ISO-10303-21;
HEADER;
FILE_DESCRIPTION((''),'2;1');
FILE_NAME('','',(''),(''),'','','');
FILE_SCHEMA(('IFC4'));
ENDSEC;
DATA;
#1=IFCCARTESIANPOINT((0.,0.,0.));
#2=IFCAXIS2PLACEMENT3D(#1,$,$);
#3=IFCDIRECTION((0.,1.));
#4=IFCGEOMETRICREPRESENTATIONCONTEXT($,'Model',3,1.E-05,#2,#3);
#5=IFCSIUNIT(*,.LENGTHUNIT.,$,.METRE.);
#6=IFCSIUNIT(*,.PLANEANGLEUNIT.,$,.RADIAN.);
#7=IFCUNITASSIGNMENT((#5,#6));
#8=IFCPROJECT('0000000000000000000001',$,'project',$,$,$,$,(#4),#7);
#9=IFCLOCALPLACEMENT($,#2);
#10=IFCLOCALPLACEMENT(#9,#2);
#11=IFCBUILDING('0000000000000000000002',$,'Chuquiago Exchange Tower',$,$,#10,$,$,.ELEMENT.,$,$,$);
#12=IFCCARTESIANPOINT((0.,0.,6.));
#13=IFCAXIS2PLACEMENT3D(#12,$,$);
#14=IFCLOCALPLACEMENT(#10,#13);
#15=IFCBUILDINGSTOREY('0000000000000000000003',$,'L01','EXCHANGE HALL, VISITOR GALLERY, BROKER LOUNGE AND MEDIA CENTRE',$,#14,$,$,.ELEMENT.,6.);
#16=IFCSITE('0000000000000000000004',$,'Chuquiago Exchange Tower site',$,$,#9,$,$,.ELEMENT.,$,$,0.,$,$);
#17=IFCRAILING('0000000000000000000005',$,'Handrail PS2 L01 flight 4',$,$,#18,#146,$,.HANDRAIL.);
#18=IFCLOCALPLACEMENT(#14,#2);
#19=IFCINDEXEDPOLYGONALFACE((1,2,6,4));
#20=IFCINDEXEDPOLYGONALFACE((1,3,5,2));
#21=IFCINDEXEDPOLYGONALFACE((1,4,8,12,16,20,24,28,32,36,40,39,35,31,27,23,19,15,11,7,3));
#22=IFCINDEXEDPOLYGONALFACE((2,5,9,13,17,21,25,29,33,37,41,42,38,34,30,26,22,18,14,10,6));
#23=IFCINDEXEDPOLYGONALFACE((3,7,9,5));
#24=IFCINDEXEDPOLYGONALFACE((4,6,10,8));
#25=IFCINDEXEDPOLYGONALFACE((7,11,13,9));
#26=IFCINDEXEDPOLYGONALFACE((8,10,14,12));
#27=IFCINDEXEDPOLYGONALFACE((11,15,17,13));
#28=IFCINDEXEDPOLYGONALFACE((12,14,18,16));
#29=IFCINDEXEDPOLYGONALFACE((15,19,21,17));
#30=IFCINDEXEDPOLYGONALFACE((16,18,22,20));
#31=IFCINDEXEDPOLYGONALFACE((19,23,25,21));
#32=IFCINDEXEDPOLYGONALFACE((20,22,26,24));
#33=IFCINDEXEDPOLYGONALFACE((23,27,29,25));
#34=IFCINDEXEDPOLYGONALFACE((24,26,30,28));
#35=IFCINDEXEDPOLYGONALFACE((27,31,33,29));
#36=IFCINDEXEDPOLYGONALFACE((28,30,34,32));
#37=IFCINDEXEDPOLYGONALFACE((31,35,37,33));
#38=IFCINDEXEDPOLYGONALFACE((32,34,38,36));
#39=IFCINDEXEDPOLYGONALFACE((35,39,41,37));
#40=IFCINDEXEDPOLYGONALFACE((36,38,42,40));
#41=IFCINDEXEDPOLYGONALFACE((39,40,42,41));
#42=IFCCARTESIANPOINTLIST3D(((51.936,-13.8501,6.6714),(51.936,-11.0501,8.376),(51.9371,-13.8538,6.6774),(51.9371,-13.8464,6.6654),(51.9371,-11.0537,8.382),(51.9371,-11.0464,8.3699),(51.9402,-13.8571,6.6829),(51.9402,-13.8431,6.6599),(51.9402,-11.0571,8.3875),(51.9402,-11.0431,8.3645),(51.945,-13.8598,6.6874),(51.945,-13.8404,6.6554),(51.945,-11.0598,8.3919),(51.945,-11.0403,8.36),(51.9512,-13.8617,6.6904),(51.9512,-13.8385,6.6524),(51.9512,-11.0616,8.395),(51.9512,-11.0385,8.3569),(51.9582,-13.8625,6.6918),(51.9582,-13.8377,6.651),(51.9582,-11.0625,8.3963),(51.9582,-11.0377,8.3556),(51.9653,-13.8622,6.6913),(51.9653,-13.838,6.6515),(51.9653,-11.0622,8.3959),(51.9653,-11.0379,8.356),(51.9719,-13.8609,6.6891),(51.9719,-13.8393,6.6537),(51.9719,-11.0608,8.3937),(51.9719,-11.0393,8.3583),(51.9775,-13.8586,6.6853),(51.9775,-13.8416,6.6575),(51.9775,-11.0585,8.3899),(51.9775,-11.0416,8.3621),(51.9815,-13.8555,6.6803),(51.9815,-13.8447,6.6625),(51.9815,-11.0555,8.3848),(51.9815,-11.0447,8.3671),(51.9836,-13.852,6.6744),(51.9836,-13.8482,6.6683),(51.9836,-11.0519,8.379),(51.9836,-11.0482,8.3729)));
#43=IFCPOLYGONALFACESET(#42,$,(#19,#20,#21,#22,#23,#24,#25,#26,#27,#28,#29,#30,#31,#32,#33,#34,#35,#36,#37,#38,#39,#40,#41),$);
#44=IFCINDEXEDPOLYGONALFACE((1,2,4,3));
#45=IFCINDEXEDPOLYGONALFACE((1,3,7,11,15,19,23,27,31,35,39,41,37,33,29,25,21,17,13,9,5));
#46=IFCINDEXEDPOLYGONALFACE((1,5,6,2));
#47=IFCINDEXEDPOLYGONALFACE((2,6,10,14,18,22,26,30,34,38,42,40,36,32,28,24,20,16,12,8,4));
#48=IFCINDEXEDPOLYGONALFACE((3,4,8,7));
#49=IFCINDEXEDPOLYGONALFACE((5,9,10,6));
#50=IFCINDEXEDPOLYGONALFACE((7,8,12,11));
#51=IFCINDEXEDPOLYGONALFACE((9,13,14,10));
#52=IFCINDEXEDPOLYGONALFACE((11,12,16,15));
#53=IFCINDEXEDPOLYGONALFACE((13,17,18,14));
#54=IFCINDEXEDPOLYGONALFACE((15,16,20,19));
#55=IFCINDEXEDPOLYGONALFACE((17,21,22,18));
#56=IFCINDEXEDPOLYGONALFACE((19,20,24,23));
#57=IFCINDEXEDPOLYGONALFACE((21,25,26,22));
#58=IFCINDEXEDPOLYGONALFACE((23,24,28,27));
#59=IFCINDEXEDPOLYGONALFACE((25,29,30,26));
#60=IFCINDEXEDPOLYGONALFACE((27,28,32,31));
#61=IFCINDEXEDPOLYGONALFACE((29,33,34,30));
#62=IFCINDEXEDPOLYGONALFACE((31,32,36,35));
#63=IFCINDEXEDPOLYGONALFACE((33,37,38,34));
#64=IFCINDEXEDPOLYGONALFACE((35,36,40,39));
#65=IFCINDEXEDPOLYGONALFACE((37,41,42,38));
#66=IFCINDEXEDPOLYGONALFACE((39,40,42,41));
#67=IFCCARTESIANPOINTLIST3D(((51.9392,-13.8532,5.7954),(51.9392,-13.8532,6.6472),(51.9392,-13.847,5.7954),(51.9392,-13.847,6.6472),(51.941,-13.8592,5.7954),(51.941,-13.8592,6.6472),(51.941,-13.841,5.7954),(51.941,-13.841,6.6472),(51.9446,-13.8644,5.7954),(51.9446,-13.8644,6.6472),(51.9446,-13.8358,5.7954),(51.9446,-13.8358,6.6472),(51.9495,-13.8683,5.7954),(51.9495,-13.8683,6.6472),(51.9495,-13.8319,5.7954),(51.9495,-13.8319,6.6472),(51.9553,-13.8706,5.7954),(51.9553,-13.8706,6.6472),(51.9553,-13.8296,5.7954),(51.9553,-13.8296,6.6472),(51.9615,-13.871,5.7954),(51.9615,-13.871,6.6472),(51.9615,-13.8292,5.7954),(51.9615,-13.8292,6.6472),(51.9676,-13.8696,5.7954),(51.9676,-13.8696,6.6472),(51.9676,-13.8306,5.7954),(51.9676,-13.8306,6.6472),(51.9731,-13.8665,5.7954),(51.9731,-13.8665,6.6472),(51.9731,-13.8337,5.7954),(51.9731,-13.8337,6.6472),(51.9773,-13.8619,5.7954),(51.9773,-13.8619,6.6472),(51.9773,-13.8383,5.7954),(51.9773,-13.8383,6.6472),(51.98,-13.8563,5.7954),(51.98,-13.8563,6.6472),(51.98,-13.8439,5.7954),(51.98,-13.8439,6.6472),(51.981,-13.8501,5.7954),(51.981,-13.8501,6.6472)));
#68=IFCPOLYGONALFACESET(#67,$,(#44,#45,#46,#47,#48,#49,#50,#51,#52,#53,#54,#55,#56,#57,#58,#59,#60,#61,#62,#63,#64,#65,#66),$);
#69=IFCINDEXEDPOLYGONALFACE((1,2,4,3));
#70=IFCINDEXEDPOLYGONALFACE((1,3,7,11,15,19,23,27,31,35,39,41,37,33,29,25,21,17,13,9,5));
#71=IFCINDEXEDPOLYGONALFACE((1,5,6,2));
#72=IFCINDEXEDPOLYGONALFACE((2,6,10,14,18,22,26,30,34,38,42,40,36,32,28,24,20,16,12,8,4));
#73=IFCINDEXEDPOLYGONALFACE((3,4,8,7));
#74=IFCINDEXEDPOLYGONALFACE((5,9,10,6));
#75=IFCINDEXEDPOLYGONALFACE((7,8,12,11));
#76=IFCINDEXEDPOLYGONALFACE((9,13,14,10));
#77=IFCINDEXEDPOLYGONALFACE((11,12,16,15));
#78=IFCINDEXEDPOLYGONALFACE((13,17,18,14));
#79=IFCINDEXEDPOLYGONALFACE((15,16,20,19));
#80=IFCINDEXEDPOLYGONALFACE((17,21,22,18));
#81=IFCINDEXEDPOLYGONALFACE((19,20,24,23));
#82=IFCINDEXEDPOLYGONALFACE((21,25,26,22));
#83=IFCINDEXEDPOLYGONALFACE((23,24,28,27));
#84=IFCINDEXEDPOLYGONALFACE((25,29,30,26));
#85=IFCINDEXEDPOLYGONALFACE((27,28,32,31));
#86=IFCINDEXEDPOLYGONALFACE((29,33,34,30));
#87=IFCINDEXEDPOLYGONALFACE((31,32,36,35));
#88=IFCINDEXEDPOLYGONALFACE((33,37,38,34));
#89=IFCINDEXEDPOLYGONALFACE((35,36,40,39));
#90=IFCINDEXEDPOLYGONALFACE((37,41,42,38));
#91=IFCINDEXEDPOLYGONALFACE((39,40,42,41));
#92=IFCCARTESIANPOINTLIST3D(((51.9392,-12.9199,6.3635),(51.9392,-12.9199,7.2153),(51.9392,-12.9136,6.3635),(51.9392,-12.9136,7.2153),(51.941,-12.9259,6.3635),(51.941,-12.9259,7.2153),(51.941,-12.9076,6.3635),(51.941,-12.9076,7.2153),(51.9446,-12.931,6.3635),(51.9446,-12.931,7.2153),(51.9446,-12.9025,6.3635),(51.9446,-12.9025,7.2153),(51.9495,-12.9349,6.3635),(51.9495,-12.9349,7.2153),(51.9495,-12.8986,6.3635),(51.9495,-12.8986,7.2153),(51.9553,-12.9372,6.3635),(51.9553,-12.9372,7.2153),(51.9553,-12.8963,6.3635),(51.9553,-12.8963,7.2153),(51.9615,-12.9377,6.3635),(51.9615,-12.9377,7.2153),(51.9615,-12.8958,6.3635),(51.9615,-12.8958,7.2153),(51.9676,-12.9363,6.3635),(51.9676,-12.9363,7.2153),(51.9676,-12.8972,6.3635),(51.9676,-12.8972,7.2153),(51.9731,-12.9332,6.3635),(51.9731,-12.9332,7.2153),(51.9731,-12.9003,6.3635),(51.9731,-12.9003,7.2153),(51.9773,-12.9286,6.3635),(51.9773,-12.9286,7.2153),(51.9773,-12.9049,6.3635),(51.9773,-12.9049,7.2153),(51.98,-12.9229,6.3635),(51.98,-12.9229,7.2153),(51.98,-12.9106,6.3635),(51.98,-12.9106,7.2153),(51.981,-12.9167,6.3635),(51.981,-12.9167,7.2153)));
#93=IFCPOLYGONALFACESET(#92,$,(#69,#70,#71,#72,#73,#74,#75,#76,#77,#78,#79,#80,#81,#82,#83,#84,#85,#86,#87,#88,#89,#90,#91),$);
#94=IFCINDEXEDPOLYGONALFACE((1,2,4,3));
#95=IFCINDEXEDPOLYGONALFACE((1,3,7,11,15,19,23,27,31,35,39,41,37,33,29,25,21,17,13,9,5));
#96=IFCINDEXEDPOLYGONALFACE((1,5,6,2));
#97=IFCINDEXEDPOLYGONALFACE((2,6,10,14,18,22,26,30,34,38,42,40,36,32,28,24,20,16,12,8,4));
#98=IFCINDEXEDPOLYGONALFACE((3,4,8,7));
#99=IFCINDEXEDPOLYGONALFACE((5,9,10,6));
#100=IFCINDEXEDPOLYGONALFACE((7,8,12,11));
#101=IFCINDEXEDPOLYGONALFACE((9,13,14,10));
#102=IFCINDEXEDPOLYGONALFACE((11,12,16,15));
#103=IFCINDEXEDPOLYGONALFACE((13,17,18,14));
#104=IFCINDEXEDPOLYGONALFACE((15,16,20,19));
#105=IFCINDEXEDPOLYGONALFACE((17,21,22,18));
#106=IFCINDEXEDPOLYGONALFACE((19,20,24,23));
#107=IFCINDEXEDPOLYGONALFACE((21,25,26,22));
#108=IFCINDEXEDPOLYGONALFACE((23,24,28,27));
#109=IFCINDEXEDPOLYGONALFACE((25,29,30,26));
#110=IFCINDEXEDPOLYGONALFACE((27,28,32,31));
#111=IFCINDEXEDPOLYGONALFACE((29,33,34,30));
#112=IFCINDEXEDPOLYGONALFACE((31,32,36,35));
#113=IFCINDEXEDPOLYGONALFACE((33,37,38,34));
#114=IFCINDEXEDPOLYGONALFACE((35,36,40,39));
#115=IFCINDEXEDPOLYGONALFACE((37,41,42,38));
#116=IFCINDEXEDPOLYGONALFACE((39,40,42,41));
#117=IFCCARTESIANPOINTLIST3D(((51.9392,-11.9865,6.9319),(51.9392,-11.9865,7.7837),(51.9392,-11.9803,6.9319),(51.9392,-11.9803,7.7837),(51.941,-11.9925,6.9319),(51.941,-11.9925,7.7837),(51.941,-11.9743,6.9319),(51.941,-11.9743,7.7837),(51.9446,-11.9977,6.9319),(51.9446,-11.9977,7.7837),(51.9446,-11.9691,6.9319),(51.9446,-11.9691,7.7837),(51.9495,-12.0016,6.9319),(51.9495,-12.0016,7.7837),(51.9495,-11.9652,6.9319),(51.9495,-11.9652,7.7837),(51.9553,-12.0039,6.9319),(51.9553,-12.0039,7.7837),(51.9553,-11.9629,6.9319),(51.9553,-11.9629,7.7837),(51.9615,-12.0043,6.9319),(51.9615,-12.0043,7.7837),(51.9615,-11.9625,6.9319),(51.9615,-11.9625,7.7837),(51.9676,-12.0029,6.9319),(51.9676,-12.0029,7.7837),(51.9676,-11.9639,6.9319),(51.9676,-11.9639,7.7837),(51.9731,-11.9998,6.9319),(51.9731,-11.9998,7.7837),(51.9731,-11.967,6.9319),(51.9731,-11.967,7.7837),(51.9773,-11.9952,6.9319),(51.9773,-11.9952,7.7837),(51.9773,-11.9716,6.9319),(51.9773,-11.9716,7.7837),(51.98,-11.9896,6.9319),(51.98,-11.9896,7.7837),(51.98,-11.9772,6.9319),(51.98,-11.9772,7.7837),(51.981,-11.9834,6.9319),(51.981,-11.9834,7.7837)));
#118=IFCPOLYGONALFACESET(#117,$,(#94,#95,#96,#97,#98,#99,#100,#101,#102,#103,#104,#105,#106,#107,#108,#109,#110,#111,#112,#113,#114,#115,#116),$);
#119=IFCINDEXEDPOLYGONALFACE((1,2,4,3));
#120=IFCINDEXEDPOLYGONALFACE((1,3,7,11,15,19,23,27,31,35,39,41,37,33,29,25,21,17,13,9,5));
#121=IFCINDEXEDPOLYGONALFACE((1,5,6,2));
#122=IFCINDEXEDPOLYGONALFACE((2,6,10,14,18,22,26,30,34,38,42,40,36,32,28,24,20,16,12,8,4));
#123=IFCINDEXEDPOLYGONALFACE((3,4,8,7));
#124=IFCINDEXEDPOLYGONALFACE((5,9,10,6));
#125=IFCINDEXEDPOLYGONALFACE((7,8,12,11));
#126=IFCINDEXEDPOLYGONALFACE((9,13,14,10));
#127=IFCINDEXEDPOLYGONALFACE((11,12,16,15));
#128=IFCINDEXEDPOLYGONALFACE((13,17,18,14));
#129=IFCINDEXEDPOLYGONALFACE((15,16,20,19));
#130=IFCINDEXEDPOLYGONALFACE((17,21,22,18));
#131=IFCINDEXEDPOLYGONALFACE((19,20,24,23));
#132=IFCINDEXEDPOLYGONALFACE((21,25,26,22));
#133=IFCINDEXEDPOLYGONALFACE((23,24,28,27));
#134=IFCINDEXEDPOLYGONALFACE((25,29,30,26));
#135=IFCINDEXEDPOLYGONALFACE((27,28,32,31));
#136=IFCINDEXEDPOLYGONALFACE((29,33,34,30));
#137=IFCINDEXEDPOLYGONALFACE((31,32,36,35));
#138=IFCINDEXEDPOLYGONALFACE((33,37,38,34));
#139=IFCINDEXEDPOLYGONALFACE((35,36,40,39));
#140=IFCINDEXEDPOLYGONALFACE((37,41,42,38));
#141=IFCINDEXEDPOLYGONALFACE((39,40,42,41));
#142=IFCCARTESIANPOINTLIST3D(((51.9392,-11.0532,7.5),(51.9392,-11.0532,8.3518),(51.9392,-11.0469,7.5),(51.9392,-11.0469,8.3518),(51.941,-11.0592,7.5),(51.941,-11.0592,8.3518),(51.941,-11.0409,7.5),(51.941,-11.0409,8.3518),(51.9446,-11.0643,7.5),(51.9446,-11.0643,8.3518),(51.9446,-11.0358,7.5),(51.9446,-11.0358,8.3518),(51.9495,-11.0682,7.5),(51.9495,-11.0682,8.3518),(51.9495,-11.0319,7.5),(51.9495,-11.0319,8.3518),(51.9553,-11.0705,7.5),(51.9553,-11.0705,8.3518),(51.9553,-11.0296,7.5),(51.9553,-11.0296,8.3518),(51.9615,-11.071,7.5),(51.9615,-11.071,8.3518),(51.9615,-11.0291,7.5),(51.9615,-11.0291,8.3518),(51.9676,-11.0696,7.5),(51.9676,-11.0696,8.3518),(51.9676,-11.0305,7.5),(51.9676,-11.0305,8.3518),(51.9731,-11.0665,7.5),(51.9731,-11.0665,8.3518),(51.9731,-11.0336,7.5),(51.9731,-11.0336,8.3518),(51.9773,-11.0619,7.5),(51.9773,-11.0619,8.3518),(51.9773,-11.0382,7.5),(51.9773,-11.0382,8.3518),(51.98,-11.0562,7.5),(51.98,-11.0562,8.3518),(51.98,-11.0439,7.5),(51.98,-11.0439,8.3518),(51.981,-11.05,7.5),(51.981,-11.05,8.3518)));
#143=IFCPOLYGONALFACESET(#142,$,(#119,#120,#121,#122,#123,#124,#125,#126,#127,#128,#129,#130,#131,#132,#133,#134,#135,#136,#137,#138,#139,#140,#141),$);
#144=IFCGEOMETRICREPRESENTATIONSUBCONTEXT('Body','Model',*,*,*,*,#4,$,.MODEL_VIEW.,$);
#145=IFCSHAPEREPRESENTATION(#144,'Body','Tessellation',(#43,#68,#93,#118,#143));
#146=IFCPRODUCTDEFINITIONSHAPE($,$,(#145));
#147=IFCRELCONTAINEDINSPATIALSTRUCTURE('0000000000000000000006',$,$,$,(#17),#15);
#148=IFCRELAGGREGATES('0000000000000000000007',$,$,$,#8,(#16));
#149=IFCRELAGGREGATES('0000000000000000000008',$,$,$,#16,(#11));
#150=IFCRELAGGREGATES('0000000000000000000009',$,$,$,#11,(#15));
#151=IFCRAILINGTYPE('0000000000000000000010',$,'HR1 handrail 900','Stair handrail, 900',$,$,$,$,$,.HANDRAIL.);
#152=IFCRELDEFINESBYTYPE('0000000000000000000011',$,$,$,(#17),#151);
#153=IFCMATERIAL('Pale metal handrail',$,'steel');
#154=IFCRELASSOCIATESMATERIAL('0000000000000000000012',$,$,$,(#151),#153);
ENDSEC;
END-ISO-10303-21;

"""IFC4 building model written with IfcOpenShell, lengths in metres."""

from ifc_helpers import new_model, si_unit, direction, frame, origin, origin_2d, place, context, subcontext, project, spatial, circle, extrude, material, type_object, element, save


model = new_model("IFC4")

# Units and contexts
model_context = context("Model", 3, precision=1e-05, world=origin(), true_north=direction((0.0, 1.0)))
body_context = subcontext(model_context, "Body", "Model", "MODEL_VIEW")
ifc_project = project(units=[si_unit("LENGTHUNIT", "METRE"), si_unit("PLANEANGLEUNIT", "RADIAN")], contexts=[model_context])

# Site, building, storey
site_placement = place(None, origin())
site = spatial("IfcSite", under=ifc_project, at=site_placement, Name="Chuquiago Exchange Tower site", CompositionType="ELEMENT", RefElevation=0.0)
building_placement = place(site_placement, origin())
building = spatial("IfcBuilding", under=site, at=building_placement, Name="Chuquiago Exchange Tower", CompositionType="ELEMENT")
storey_placement = place(building_placement, frame((0.0, 0.0, 6.0)))
storey = spatial("IfcBuildingStorey", under=building, at=storey_placement, Name="L01", Description="EXCHANGE HALL, VISITOR GALLERY, BROKER LOUNGE AND MEDIA CENTRE", CompositionType="ELEMENT", Elevation=6.0)

# Railing
ifc_material_1 = material(Name="Pale metal handrail", Category="steel")
railing_type = type_object("IfcRailingType", Name="HR1 handrail 900", Description="Stair handrail, 900", PredefinedType="HANDRAIL", material=ifc_material_1)
for number, where, name in (
    (1, (51.96, -13.8501, 5.7954), "Handrail PS2 L01 flight 4"),
):
    element("IfcRailing", number, at=place(storey_placement, frame(where)), inside=storey, type_object=railing_type, Name=name, PredefinedType="HANDRAIL", context=body_context, shape_type="SweptSolid", body=[
        extrude(circle(Radius=0.0239, at=origin_2d()), frame((0.0, 0.0, 0.876), z_axis=(0.0, 0.85417, 0.519994), x_axis=(-1.0, 0.0, 0.0)), (0.0, 0.0, 1.0), 3.2781),
        extrude(circle(Radius=0.021, at=origin_2d()), origin(), (0.0, 0.0, 1.0), 0.8518),
        extrude(circle(Radius=0.021, at=origin_2d()), frame((0.0, 0.9333, 0.5681)), (0.0, 0.0, 1.0), 0.8518),
        extrude(circle(Radius=0.021, at=origin_2d()), frame((0.0, 1.8667, 1.1365)), (0.0, 0.0, 1.0), 0.8518),
        extrude(circle(Radius=0.021, at=origin_2d()), frame((0.0, 2.8, 1.7046)), (0.0, 0.0, 1.0), 0.8518),
    ])

save(model, "model.ifc")
